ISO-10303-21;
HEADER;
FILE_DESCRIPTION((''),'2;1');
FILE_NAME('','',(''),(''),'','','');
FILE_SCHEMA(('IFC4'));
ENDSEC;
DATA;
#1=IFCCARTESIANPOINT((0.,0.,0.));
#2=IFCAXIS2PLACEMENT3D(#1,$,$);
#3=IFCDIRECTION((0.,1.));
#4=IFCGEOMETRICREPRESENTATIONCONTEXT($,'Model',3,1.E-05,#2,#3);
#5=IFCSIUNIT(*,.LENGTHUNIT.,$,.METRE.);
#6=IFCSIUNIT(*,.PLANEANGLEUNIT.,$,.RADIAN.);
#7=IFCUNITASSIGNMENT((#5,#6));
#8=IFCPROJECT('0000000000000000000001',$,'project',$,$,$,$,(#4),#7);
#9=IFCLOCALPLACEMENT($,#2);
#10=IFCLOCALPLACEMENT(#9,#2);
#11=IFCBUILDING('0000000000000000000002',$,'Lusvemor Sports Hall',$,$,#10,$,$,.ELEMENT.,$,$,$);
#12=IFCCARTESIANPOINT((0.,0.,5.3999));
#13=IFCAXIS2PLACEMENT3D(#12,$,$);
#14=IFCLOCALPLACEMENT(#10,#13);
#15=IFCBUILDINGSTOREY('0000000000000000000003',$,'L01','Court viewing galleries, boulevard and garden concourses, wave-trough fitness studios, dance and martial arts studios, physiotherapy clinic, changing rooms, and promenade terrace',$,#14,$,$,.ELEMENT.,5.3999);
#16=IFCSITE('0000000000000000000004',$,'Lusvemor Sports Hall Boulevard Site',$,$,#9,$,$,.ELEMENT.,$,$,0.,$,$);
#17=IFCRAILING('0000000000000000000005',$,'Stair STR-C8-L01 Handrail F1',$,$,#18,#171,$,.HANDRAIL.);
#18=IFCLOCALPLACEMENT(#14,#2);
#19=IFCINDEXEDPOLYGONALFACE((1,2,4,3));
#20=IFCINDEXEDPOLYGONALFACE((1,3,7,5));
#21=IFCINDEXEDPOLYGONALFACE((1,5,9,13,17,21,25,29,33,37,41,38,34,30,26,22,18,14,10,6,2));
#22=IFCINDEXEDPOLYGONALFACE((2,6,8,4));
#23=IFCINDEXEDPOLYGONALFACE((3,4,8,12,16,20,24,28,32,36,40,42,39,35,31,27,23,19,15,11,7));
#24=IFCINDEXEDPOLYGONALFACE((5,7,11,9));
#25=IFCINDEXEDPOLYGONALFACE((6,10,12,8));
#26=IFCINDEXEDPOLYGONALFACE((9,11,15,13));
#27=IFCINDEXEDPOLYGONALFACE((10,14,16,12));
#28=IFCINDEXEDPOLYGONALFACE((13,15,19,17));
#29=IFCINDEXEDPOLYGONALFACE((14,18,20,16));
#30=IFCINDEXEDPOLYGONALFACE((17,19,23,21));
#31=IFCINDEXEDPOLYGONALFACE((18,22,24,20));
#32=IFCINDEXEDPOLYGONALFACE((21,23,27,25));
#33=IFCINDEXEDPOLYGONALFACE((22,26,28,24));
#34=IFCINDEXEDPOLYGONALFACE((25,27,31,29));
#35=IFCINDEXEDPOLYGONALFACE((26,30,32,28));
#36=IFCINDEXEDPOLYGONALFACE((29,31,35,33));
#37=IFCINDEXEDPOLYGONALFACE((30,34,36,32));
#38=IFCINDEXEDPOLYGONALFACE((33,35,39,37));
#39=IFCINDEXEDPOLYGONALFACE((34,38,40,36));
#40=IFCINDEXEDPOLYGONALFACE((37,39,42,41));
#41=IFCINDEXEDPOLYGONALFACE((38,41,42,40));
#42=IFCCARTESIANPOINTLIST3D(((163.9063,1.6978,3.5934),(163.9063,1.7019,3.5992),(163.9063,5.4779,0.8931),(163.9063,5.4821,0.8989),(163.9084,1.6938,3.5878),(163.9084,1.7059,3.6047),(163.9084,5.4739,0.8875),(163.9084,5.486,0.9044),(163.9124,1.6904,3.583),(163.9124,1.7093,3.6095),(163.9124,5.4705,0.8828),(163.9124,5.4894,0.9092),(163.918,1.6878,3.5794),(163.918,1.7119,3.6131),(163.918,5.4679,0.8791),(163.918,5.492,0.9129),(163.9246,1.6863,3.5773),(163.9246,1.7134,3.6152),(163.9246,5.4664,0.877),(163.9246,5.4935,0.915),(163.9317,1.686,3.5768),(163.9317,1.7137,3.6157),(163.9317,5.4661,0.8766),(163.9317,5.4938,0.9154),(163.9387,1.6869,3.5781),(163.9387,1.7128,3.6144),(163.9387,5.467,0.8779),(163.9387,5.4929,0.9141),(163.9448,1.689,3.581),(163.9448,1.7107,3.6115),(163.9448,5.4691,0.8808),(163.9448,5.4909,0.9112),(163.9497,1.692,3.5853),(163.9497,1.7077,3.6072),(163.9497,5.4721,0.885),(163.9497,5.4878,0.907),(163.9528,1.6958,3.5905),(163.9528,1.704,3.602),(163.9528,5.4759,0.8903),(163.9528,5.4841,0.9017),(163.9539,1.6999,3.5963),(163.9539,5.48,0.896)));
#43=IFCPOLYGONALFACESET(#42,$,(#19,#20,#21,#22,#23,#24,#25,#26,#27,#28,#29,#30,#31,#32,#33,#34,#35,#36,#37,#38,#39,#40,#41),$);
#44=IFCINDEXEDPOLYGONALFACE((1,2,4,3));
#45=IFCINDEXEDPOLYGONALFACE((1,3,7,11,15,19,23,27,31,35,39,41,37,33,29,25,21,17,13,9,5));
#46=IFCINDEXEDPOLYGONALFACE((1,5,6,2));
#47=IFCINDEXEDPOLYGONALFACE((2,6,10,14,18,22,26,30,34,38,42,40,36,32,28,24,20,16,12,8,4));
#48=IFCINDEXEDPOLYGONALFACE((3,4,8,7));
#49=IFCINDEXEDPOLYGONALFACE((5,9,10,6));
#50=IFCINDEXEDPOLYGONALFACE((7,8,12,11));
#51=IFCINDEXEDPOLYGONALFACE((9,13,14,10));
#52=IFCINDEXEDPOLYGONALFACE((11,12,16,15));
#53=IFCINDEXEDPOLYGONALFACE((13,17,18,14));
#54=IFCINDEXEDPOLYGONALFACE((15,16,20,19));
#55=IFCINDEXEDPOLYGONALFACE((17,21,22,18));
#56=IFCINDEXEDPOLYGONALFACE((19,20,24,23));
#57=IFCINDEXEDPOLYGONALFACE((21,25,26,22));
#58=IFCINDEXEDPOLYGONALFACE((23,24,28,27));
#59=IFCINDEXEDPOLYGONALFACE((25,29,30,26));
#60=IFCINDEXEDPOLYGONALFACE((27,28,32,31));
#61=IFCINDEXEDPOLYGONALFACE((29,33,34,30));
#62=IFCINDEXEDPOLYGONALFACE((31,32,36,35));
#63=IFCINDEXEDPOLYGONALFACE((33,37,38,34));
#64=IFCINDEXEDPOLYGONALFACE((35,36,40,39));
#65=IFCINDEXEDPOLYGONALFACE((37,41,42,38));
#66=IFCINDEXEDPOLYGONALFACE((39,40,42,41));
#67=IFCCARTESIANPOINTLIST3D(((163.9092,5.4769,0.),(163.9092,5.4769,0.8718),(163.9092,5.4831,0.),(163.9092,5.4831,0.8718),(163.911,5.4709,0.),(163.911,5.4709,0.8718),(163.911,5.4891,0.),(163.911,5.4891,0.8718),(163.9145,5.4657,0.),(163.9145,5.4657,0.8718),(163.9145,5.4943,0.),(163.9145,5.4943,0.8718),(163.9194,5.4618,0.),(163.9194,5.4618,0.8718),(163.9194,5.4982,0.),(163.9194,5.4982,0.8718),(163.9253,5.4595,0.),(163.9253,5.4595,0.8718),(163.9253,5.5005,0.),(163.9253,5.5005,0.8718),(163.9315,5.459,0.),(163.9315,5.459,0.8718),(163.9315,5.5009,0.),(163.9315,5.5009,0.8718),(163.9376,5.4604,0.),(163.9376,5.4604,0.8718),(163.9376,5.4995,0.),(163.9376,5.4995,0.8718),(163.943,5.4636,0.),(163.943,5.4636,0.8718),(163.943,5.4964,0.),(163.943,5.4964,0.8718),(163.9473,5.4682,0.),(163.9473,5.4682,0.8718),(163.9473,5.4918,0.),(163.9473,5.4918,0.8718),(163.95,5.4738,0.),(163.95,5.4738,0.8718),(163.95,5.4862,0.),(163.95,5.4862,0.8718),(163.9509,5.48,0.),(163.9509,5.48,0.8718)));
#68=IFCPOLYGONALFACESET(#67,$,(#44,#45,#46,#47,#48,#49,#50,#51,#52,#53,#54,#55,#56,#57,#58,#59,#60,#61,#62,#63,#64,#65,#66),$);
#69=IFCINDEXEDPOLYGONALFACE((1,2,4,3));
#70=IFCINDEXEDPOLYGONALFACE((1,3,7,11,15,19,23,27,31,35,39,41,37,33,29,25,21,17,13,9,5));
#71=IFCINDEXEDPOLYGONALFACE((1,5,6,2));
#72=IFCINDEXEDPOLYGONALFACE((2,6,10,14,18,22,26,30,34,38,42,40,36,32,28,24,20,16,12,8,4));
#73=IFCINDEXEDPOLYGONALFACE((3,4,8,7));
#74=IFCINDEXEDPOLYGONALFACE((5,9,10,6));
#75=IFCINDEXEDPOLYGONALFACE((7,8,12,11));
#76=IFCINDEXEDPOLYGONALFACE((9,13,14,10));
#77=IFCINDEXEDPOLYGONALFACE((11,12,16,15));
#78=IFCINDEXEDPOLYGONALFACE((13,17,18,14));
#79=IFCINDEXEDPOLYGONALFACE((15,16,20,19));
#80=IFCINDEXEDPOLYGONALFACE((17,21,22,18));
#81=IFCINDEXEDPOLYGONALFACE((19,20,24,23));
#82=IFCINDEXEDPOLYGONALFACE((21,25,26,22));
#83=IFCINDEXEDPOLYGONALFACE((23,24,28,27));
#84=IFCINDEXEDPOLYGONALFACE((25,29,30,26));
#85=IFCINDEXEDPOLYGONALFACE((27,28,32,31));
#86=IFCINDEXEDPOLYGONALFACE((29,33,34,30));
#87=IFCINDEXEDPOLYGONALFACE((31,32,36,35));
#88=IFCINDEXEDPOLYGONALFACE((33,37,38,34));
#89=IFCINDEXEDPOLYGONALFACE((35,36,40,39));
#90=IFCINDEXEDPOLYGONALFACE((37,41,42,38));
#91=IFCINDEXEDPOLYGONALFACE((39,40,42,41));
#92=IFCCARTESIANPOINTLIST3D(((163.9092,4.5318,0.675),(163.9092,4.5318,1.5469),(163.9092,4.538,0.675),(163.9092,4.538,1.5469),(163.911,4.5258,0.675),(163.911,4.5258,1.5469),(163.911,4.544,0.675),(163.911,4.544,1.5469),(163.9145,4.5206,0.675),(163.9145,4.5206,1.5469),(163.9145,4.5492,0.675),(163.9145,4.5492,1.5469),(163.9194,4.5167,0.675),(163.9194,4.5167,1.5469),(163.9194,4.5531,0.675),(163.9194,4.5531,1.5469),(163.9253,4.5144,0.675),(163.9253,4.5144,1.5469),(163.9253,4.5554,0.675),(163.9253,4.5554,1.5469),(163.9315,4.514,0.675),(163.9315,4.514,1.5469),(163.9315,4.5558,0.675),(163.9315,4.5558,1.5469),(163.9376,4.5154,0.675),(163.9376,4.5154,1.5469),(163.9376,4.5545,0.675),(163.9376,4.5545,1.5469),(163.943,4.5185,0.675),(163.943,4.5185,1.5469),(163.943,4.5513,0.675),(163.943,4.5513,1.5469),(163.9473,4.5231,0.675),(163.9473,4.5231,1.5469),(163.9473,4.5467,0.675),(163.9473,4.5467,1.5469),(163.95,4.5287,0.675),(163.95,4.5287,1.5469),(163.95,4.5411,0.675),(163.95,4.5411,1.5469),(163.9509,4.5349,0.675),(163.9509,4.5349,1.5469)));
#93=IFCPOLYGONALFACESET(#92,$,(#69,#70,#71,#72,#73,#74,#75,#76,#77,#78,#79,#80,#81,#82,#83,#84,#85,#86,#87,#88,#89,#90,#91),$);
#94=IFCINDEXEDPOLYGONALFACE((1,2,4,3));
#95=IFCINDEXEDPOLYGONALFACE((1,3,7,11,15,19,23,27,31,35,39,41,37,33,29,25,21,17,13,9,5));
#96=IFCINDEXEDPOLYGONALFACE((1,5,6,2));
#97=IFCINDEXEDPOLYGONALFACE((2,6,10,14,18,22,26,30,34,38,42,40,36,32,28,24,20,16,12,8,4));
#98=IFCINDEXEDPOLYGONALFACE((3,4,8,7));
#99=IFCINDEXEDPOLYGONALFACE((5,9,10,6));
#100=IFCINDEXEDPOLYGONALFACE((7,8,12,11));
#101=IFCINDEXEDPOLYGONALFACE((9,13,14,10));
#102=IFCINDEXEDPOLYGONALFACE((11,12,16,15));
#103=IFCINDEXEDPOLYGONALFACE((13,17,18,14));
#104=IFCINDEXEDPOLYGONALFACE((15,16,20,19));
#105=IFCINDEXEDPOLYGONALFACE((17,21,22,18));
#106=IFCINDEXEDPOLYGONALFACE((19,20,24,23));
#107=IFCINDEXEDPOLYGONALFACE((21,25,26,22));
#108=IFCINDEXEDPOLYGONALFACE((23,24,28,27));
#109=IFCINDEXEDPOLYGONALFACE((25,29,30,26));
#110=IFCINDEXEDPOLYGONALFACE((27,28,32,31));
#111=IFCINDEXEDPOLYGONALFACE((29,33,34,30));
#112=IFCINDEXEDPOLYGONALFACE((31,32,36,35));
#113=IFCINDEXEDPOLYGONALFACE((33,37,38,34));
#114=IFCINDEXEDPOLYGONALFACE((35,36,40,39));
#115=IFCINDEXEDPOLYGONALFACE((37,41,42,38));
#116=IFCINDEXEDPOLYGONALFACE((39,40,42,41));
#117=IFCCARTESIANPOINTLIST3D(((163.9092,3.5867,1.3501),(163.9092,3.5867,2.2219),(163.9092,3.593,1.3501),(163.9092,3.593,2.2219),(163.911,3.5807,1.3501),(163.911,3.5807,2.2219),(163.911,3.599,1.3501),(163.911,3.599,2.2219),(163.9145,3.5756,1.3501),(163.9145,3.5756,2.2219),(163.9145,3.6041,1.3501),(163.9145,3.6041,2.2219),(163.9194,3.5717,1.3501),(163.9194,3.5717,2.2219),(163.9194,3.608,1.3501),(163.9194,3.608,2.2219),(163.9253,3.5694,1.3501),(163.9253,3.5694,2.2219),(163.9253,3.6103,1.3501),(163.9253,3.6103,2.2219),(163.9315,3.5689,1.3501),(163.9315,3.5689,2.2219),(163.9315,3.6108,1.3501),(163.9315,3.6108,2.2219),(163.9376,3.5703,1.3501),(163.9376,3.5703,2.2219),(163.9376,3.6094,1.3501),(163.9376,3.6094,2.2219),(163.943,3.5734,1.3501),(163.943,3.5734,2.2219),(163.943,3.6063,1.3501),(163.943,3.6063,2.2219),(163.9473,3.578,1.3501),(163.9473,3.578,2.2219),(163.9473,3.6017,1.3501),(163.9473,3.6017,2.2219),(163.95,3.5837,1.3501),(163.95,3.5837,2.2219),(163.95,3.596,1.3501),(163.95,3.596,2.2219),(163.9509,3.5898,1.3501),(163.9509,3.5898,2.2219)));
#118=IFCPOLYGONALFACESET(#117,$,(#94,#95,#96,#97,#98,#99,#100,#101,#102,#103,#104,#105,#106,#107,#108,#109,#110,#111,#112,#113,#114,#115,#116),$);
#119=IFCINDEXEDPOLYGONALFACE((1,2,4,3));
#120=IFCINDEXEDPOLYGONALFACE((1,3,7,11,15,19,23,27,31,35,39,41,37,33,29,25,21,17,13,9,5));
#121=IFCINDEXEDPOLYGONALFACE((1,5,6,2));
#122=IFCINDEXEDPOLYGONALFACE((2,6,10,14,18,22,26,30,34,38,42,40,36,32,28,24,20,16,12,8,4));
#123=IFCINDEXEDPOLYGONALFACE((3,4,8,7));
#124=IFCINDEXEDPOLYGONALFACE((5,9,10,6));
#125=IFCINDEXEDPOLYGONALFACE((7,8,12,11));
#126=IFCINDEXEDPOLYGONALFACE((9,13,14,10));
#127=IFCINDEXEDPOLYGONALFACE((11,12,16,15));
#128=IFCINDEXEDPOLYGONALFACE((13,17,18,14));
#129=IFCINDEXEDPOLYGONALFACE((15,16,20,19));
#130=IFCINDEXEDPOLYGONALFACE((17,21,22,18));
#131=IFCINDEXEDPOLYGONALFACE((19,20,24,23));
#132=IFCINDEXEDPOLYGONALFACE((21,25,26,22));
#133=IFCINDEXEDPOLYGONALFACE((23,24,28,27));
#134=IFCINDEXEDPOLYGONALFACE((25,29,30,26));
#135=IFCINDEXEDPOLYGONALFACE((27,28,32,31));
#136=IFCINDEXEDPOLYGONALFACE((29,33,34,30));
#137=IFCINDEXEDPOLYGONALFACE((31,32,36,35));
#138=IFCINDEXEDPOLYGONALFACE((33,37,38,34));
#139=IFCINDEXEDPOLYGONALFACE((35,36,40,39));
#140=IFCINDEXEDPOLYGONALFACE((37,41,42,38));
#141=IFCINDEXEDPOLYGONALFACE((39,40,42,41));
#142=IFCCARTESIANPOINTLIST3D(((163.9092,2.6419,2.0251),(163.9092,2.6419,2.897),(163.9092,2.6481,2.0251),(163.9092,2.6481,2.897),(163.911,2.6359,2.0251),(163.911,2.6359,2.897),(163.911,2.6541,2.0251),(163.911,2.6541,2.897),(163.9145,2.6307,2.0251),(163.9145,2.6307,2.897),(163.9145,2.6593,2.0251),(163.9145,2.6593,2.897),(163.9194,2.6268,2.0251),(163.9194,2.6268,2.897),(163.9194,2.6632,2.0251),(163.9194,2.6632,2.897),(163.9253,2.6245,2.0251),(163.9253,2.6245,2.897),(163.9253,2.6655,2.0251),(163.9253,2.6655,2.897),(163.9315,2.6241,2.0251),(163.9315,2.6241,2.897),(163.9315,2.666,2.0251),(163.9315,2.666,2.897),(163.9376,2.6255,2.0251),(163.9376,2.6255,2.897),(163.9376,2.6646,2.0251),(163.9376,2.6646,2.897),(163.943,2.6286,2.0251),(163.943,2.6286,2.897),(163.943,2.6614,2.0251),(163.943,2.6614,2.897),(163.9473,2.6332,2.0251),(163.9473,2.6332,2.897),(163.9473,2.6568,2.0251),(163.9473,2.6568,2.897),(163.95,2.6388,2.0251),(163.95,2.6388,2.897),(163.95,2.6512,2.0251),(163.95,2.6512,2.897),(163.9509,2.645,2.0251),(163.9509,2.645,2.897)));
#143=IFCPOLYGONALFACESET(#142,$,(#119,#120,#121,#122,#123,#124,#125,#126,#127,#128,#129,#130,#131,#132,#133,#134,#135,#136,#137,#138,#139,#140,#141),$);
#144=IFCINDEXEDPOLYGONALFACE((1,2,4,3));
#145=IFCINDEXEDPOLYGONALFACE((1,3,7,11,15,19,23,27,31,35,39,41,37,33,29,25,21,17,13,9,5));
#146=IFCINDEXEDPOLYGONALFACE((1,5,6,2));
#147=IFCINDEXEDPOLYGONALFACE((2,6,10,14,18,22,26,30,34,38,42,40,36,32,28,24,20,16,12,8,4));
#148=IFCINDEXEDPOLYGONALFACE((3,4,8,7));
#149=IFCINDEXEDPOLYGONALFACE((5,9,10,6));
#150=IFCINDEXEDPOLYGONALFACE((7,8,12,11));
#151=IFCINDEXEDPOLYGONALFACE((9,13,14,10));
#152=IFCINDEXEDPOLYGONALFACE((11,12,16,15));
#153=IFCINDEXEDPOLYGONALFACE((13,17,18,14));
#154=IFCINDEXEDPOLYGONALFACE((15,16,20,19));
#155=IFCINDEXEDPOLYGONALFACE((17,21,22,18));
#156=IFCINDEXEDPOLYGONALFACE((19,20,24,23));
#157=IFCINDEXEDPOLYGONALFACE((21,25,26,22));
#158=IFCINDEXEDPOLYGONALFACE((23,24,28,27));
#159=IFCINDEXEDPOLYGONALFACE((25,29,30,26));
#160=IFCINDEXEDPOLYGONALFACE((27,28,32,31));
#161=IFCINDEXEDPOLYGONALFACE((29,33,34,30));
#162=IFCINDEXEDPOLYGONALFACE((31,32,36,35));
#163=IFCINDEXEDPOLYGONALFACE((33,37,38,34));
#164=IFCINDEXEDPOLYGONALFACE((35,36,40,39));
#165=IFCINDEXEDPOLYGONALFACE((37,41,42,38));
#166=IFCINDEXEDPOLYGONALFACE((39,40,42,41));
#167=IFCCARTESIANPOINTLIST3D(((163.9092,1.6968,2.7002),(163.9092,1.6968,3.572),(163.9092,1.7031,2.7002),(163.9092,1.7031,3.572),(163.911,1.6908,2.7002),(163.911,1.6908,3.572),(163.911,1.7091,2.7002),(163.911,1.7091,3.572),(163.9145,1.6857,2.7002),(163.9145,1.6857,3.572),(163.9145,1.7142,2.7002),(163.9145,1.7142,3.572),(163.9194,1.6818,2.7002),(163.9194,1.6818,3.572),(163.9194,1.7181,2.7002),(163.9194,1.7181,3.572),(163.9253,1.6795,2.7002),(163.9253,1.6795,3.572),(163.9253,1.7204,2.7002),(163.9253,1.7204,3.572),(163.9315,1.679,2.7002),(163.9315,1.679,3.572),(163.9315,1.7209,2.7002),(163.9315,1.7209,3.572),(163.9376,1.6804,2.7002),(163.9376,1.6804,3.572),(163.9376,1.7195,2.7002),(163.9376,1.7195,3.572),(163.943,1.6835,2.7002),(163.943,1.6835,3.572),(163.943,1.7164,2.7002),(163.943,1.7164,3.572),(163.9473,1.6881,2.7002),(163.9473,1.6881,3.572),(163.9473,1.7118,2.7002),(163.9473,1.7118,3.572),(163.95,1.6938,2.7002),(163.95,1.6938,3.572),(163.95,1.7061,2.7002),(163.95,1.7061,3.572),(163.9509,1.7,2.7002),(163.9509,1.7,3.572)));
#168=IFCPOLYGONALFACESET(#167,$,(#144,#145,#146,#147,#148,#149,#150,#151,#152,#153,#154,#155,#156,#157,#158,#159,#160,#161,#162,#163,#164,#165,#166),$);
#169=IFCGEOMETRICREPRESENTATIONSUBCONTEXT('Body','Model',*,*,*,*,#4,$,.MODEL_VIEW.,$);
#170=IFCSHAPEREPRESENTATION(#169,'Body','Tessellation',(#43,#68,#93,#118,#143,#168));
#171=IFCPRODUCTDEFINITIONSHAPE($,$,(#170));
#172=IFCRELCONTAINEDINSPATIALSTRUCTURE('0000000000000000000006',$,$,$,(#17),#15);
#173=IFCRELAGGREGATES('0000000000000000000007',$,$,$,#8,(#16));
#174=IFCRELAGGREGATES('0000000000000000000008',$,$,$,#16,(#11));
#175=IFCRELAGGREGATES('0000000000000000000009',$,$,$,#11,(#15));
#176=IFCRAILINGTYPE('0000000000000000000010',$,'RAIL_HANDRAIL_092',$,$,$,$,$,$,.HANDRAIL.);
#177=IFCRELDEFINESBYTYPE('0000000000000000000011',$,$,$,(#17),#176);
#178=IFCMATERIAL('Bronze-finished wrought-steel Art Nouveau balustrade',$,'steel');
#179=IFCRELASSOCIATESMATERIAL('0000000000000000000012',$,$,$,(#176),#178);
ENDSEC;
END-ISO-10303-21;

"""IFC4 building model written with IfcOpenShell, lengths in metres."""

from ifc_helpers import new_model, si_unit, direction, frame, origin, origin_2d, place, context, subcontext, project, spatial, circle, extrude, material, type_object, element, save


model = new_model("IFC4")

# Units and contexts
model_context = context("Model", 3, precision=1e-05, world=origin(), true_north=direction((0.0, 1.0)))
body_context = subcontext(model_context, "Body", "Model", "MODEL_VIEW")
ifc_project = project(units=[si_unit("LENGTHUNIT", "METRE"), si_unit("PLANEANGLEUNIT", "RADIAN")], contexts=[model_context])

# Site, building, storey
site_placement = place(None, origin())
site = spatial("IfcSite", under=ifc_project, at=site_placement, Name="Lusvemor Sports Hall Boulevard Site", CompositionType="ELEMENT", RefElevation=0.0)
building_placement = place(site_placement, origin())
building = spatial("IfcBuilding", under=site, at=building_placement, Name="Lusvemor Sports Hall", CompositionType="ELEMENT")
storey_placement = place(building_placement, frame((0.0, 0.0, 5.3999)))
storey = spatial("IfcBuildingStorey", under=building, at=storey_placement, Name="L01", Description="Court viewing galleries, boulevard and garden concourses, wave-trough fitness studios, dance and martial arts studios, physiotherapy clinic, changing rooms, and promenade terrace", CompositionType="ELEMENT", Elevation=5.3999)

# Railing
ifc_material_1 = material(Name="Bronze-finished wrought-steel Art Nouveau balustrade", Category="steel")
railing_type_1 = type_object("IfcRailingType", Name="RAIL_HANDRAIL_092", PredefinedType="HANDRAIL", material=ifc_material_1)
railing_1_placement = place(storey_placement, frame((163.9299, 5.48, 0.0)))
element("IfcRailing", 1, at=railing_1_placement, inside=storey, type_object=railing_type_1, Name="Stair STR-C8-L01 Handrail F1", PredefinedType="HANDRAIL", context=body_context, shape_type="SweptSolid", body=[
    extrude(circle(Radius=0.0239, at=origin_2d()), frame((0.0, 0.0, 0.896), z_axis=(0.0, -0.813716, 0.581263), x_axis=(1.0, 0.0, 0.0)), (0.0, 0.0, 1.0), 4.6455),
    extrude(circle(Radius=0.021, at=origin_2d()), origin(), (0.0, 0.0, 1.0), 0.8718),
    extrude(circle(Radius=0.021, at=origin_2d()), frame((0.0, -0.9451, 0.675)), (0.0, 0.0, 1.0), 0.8718),
    extrude(circle(Radius=0.021, at=origin_2d()), frame((0.0, -1.8901, 1.3501)), (0.0, 0.0, 1.0), 0.8718),
    extrude(circle(Radius=0.021, at=origin_2d()), frame((0.0, -2.835, 2.0251)), (0.0, 0.0, 1.0), 0.8718),
    extrude(circle(Radius=0.021, at=origin_2d()), frame((0.0, -3.78, 2.7002)), (0.0, 0.0, 1.0), 0.8718),
])

save(model, "model.ifc")
